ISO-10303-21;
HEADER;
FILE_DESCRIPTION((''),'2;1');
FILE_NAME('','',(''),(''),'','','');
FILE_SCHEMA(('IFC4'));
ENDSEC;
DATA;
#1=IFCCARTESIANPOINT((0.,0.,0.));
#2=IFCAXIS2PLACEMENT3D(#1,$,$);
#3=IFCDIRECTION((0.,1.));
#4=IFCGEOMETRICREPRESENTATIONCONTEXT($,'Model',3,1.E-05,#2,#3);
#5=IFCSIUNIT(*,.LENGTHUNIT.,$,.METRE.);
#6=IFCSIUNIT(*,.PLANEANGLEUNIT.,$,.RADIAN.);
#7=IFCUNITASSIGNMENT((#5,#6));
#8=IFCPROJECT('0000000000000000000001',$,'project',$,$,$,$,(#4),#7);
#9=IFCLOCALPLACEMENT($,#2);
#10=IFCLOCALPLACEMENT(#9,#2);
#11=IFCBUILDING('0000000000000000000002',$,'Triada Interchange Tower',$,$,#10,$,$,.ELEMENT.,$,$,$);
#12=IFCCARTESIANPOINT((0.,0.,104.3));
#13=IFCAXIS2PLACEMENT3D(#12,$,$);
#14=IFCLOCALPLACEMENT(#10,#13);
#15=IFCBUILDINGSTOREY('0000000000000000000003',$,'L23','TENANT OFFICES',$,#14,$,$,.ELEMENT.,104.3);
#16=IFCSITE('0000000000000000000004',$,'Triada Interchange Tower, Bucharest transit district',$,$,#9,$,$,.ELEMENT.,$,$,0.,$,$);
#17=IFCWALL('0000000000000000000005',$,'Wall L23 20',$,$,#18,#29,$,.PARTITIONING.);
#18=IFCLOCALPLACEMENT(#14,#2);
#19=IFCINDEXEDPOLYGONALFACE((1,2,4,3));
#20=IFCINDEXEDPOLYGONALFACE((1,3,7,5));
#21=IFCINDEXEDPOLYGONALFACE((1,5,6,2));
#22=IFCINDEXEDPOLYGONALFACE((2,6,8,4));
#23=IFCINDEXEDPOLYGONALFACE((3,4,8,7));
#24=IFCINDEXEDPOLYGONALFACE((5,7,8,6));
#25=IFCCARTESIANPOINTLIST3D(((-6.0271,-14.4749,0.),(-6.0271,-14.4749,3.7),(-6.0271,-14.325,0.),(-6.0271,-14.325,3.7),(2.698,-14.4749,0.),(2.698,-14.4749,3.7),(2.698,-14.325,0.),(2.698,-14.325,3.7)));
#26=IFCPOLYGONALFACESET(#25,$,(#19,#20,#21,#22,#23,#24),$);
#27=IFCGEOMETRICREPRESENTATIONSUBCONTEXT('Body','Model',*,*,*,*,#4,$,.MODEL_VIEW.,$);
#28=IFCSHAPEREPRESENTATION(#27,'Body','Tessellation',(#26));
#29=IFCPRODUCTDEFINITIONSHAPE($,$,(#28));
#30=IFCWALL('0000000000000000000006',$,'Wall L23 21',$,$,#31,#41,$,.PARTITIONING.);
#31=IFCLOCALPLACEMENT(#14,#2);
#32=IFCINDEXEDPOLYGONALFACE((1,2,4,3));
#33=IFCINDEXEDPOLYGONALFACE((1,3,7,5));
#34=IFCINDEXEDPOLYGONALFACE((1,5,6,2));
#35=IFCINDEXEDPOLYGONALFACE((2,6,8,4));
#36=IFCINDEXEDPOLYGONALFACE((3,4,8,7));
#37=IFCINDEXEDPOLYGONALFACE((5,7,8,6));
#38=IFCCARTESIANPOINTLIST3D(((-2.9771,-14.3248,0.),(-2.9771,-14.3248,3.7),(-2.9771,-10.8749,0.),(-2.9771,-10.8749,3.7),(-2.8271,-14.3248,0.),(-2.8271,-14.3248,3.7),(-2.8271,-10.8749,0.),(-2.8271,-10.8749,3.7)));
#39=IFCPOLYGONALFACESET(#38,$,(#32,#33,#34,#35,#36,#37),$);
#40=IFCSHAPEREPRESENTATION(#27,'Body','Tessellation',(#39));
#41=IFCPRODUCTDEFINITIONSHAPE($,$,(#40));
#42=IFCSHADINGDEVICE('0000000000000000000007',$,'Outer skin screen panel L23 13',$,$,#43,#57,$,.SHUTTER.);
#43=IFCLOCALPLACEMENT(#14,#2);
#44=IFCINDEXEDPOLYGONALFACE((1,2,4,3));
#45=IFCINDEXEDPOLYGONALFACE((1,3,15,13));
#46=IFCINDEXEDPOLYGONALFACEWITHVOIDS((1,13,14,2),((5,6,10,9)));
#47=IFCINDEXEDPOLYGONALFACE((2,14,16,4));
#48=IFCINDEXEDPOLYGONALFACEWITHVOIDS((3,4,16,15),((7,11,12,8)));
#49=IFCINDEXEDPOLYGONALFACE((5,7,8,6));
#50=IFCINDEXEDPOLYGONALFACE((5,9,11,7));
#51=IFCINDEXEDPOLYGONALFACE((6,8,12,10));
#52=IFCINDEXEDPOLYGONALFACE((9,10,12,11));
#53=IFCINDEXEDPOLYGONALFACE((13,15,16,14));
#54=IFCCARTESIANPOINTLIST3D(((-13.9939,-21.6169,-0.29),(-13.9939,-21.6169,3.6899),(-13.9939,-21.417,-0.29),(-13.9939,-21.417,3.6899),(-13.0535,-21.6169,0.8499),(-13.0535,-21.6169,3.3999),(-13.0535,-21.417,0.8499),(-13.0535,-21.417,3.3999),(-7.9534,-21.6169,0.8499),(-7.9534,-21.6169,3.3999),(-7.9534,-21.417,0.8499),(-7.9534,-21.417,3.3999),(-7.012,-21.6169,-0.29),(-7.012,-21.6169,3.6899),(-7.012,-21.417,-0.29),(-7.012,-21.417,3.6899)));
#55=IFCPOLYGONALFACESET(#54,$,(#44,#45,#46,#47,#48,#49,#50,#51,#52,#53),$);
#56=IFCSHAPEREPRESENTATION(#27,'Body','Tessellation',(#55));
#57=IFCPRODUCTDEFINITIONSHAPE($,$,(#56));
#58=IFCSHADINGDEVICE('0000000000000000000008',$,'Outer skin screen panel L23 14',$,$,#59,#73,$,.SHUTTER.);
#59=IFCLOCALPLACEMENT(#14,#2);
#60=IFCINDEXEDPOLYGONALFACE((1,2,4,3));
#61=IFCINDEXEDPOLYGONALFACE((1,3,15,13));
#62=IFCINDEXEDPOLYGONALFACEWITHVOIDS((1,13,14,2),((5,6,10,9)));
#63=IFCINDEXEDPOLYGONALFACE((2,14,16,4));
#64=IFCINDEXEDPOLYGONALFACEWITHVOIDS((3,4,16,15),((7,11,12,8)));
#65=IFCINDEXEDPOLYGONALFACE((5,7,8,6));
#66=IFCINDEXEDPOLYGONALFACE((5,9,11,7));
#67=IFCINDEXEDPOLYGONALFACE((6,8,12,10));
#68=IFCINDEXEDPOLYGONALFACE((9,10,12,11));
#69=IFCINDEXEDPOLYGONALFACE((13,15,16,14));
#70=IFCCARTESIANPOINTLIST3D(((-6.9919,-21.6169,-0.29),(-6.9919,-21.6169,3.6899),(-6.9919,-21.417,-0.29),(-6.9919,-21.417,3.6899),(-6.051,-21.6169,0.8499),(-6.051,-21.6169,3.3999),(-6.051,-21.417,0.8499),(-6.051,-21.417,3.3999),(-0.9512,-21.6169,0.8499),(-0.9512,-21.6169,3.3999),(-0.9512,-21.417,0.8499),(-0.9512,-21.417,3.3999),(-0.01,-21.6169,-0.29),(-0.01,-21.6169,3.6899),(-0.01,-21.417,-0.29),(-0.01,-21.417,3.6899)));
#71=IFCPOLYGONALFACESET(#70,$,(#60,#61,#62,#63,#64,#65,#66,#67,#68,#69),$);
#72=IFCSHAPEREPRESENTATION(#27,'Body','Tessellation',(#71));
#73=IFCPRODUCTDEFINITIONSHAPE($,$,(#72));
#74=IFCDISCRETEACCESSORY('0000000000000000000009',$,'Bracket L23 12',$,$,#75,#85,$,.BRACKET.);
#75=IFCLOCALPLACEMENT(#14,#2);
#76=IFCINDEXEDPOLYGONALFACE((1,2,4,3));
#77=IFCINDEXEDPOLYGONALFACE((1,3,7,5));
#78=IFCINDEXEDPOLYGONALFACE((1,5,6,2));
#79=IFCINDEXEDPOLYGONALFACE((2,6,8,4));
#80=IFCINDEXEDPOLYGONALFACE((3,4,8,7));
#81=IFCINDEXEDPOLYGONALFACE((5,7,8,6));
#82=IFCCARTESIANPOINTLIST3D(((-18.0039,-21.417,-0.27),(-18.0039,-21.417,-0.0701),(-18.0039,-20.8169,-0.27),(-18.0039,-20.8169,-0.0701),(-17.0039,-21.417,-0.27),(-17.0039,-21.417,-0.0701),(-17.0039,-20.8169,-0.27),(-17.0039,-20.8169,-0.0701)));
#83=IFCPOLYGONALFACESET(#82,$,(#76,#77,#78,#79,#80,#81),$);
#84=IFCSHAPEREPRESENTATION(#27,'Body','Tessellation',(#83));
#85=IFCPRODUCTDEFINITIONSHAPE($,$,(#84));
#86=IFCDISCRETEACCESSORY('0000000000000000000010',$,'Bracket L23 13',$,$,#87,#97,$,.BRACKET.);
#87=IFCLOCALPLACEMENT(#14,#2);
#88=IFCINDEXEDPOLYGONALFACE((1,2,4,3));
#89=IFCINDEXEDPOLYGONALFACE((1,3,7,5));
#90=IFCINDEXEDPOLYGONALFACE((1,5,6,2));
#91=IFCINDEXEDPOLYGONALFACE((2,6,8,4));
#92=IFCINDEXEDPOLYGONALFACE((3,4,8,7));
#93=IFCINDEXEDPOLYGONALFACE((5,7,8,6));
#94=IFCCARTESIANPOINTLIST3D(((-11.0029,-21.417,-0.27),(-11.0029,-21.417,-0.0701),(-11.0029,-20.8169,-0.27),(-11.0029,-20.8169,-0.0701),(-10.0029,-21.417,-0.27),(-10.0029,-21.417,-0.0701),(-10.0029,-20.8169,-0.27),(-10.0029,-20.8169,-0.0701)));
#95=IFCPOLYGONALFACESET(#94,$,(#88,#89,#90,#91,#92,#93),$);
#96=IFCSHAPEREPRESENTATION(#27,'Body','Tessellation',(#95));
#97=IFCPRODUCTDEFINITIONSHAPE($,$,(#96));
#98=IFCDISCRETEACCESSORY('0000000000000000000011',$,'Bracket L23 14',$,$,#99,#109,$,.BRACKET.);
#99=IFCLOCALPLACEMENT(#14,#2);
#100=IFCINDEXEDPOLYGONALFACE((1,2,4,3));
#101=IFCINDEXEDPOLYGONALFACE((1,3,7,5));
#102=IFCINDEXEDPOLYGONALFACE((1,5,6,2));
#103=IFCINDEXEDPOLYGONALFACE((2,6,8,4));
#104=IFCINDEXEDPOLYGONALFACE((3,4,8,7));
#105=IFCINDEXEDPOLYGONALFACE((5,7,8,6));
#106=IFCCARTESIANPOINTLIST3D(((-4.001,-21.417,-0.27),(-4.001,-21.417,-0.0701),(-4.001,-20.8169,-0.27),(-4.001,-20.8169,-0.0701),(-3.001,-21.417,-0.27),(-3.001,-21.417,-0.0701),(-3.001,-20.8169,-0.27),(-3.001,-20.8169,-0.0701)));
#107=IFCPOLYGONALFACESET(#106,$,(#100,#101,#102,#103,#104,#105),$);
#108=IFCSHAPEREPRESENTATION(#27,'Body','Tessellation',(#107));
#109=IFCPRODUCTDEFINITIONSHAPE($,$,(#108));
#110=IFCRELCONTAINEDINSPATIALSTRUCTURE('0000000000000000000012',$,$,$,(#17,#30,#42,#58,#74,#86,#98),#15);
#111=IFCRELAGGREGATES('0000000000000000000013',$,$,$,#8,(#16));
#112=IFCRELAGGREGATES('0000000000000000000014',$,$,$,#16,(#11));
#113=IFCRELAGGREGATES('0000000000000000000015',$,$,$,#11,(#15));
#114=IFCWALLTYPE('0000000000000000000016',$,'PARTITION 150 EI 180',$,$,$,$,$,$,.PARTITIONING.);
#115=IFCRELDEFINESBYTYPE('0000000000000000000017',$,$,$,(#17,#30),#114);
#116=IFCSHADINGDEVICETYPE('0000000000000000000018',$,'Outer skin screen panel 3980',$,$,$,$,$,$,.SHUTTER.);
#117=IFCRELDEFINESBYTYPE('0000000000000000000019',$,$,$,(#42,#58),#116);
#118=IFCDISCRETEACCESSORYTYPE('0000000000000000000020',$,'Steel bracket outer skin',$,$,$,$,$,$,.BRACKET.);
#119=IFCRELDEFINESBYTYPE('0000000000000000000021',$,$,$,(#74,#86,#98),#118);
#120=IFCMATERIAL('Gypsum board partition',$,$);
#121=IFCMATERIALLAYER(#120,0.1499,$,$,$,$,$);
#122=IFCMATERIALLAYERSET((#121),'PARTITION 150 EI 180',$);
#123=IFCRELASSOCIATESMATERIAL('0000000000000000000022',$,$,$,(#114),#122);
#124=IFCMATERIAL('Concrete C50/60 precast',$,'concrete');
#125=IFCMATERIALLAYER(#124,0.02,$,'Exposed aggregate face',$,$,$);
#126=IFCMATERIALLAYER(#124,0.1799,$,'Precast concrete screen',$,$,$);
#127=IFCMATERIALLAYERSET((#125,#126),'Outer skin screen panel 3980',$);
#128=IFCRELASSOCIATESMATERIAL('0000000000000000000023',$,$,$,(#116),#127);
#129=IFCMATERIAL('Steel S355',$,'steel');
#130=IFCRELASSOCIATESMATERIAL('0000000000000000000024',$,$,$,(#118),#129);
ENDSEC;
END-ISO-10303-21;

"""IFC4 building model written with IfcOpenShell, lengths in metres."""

from ifc_helpers import new_model, si_unit, direction, frame, frame_2d, origin, origin_2d, place, context, subcontext, project, spatial, polyline, rectangle, outline, extrude, material, layer, layer_set, type_object, element, save


model = new_model("IFC4")

# Units and contexts
model_context = context("Model", 3, precision=1e-05, world=origin(), true_north=direction((0.0, 1.0)))
body_context = subcontext(model_context, "Body", "Model", "MODEL_VIEW")
ifc_project = project(units=[si_unit("LENGTHUNIT", "METRE"), si_unit("PLANEANGLEUNIT", "RADIAN")], contexts=[model_context])

# Site, building, storey
site_placement = place(None, origin())
site = spatial("IfcSite", under=ifc_project, at=site_placement, Name="Triada Interchange Tower, Bucharest transit district", CompositionType="ELEMENT", RefElevation=0.0)
building_placement = place(site_placement, origin())
building = spatial("IfcBuilding", under=site, at=building_placement, Name="Triada Interchange Tower", CompositionType="ELEMENT")
storey_placement = place(building_placement, frame((0.0, 0.0, 104.3)))
storey = spatial("IfcBuildingStorey", under=building, at=storey_placement, Name="L23", Description="TENANT OFFICES", CompositionType="ELEMENT", Elevation=104.3)

# Shared definitions
ifc_material_1 = material(Name="Gypsum board partition")
ifc_layer_1 = layer(ifc_material_1, 0.1499)
ifc_layer_set_1 = layer_set([ifc_layer_1], Name="PARTITION 150 EI 180")
wall_type = type_object("IfcWallType", Name="PARTITION 150 EI 180", PredefinedType="PARTITIONING", material=ifc_layer_set_1)

# Walls
wall_1_placement = place(storey_placement, frame((-6.0271, -14.3999, 0.0), z_axis=(0.0, 0.0, 1.0), x_axis=(1.0, 0.0, 0.0)))
element("IfcWall", 1, at=wall_1_placement, inside=storey, type_object=wall_type, Name="Wall L23 20", PredefinedType="PARTITIONING", context=body_context, shape_type="SweptSolid", body=[
    extrude(rectangle(XDim=8.7251, YDim=0.1499, at=frame_2d((4.3625, 0.0))), origin(), (0.0, 0.0, 1.0), 3.7),
])
wall_2_placement = place(storey_placement, frame((-2.9021, -14.325, 0.0), z_axis=(0.0, 0.0, 1.0), x_axis=(0.0, 1.0, 0.0)))
element("IfcWall", 2, at=wall_2_placement, inside=storey, type_object=wall_type, Name="Wall L23 21", PredefinedType="PARTITIONING", context=body_context, shape_type="SweptSolid", body=[
    extrude(rectangle(XDim=3.45, YDim=0.1499, at=frame_2d((1.7251, 0.0))), origin(), (0.0, 0.0, 1.0), 3.7),
])

# Shading devices
ifc_material_2 = material(Name="Concrete C50/60 precast", Category="concrete")
ifc_layer_2 = layer(ifc_material_2, 0.02, Name="Exposed aggregate face")
ifc_layer_3 = layer(ifc_material_2, 0.1799, Name="Precast concrete screen")
ifc_layer_set_2 = layer_set([ifc_layer_2, ifc_layer_3], Name="Outer skin screen panel 3980")
shading_device_type = type_object("IfcShadingDeviceType", Name="Outer skin screen panel 3980", PredefinedType="SHUTTER", material=ifc_layer_set_2)
shading_device_1_placement = place(storey_placement, frame((-13.9939, -21.417, -0.29), z_axis=(0.0, 0.0, 1.0), x_axis=(1.0, 0.0, 0.0)))
element("IfcShadingDevice", 3, at=shading_device_1_placement, inside=storey, type_object=shading_device_type, Name="Outer skin screen panel L23 13", PredefinedType="SHUTTER", context=body_context, shape_type="SweptSolid", body=[
    extrude(outline(polyline([(0.0, 0.0), (6.9819, 0.0), (6.9819, 3.98), (0.0, 3.98), (0.0, 0.0)]), holes=[polyline([(0.9404, 1.1399), (0.9404, 3.6899), (6.0405, 3.6899), (6.0405, 1.1399), (0.9404, 1.1399)])]), frame((0.0, 0.0, 0.0), z_axis=(0.0, -1.0, 0.0), x_axis=(1.0, 0.0, 0.0)), (0.0, 0.0, 1.0), 0.2),
])
shading_device_2_placement = place(storey_placement, frame((-6.9919, -21.417, -0.29), z_axis=(0.0, 0.0, 1.0), x_axis=(1.0, 0.0, 0.0)))
element("IfcShadingDevice", 4, at=shading_device_2_placement, inside=storey, type_object=shading_device_type, Name="Outer skin screen panel L23 14", PredefinedType="SHUTTER", context=body_context, shape_type="SweptSolid", body=[
    extrude(outline(polyline([(0.0, 0.0), (6.9819, 0.0), (6.9819, 3.98), (0.0, 3.98), (0.0, 0.0)]), holes=[polyline([(0.9409, 1.1399), (0.9409, 3.6899), (6.0408, 3.6899), (6.0408, 1.1399), (0.9409, 1.1399)])]), frame((0.0, 0.0, 0.0), z_axis=(0.0, -1.0, 0.0), x_axis=(1.0, 0.0, 0.0)), (0.0, 0.0, 1.0), 0.2),
])

# Discrete accessories
ifc_material_3 = material(Name="Steel S355", Category="steel")
discrete_accessory_type = type_object("IfcDiscreteAccessoryType", Name="Steel bracket outer skin", PredefinedType="BRACKET", material=ifc_material_3)
for number, where, z_axis, x_axis, name in (
    (5, (-17.5039, -21.1169, -0.27), (0.0, 0.0, 1.0), (0.0, -1.0, 0.0), "Bracket L23 12"),
    (6, (-10.5029, -21.1169, -0.27), (0.0, 0.0, 1.0), (0.0, -1.0, 0.0), "Bracket L23 13"),
    (7, (-3.501, -21.1169, -0.27), (0.0, 0.0, 1.0), (0.0, -1.0, 0.0), "Bracket L23 14"),
):
    element("IfcDiscreteAccessory", number, at=place(storey_placement, frame(where, z_axis=z_axis, x_axis=x_axis)), inside=storey, type_object=discrete_accessory_type, Name=name, PredefinedType="BRACKET", context=body_context, shape_type="SweptSolid", body=[
        extrude(rectangle(XDim=0.6001, YDim=1.0, at=origin_2d()), origin(), (0.0, 0.0, 1.0), 0.2),
    ])

save(model, "model.ifc")
